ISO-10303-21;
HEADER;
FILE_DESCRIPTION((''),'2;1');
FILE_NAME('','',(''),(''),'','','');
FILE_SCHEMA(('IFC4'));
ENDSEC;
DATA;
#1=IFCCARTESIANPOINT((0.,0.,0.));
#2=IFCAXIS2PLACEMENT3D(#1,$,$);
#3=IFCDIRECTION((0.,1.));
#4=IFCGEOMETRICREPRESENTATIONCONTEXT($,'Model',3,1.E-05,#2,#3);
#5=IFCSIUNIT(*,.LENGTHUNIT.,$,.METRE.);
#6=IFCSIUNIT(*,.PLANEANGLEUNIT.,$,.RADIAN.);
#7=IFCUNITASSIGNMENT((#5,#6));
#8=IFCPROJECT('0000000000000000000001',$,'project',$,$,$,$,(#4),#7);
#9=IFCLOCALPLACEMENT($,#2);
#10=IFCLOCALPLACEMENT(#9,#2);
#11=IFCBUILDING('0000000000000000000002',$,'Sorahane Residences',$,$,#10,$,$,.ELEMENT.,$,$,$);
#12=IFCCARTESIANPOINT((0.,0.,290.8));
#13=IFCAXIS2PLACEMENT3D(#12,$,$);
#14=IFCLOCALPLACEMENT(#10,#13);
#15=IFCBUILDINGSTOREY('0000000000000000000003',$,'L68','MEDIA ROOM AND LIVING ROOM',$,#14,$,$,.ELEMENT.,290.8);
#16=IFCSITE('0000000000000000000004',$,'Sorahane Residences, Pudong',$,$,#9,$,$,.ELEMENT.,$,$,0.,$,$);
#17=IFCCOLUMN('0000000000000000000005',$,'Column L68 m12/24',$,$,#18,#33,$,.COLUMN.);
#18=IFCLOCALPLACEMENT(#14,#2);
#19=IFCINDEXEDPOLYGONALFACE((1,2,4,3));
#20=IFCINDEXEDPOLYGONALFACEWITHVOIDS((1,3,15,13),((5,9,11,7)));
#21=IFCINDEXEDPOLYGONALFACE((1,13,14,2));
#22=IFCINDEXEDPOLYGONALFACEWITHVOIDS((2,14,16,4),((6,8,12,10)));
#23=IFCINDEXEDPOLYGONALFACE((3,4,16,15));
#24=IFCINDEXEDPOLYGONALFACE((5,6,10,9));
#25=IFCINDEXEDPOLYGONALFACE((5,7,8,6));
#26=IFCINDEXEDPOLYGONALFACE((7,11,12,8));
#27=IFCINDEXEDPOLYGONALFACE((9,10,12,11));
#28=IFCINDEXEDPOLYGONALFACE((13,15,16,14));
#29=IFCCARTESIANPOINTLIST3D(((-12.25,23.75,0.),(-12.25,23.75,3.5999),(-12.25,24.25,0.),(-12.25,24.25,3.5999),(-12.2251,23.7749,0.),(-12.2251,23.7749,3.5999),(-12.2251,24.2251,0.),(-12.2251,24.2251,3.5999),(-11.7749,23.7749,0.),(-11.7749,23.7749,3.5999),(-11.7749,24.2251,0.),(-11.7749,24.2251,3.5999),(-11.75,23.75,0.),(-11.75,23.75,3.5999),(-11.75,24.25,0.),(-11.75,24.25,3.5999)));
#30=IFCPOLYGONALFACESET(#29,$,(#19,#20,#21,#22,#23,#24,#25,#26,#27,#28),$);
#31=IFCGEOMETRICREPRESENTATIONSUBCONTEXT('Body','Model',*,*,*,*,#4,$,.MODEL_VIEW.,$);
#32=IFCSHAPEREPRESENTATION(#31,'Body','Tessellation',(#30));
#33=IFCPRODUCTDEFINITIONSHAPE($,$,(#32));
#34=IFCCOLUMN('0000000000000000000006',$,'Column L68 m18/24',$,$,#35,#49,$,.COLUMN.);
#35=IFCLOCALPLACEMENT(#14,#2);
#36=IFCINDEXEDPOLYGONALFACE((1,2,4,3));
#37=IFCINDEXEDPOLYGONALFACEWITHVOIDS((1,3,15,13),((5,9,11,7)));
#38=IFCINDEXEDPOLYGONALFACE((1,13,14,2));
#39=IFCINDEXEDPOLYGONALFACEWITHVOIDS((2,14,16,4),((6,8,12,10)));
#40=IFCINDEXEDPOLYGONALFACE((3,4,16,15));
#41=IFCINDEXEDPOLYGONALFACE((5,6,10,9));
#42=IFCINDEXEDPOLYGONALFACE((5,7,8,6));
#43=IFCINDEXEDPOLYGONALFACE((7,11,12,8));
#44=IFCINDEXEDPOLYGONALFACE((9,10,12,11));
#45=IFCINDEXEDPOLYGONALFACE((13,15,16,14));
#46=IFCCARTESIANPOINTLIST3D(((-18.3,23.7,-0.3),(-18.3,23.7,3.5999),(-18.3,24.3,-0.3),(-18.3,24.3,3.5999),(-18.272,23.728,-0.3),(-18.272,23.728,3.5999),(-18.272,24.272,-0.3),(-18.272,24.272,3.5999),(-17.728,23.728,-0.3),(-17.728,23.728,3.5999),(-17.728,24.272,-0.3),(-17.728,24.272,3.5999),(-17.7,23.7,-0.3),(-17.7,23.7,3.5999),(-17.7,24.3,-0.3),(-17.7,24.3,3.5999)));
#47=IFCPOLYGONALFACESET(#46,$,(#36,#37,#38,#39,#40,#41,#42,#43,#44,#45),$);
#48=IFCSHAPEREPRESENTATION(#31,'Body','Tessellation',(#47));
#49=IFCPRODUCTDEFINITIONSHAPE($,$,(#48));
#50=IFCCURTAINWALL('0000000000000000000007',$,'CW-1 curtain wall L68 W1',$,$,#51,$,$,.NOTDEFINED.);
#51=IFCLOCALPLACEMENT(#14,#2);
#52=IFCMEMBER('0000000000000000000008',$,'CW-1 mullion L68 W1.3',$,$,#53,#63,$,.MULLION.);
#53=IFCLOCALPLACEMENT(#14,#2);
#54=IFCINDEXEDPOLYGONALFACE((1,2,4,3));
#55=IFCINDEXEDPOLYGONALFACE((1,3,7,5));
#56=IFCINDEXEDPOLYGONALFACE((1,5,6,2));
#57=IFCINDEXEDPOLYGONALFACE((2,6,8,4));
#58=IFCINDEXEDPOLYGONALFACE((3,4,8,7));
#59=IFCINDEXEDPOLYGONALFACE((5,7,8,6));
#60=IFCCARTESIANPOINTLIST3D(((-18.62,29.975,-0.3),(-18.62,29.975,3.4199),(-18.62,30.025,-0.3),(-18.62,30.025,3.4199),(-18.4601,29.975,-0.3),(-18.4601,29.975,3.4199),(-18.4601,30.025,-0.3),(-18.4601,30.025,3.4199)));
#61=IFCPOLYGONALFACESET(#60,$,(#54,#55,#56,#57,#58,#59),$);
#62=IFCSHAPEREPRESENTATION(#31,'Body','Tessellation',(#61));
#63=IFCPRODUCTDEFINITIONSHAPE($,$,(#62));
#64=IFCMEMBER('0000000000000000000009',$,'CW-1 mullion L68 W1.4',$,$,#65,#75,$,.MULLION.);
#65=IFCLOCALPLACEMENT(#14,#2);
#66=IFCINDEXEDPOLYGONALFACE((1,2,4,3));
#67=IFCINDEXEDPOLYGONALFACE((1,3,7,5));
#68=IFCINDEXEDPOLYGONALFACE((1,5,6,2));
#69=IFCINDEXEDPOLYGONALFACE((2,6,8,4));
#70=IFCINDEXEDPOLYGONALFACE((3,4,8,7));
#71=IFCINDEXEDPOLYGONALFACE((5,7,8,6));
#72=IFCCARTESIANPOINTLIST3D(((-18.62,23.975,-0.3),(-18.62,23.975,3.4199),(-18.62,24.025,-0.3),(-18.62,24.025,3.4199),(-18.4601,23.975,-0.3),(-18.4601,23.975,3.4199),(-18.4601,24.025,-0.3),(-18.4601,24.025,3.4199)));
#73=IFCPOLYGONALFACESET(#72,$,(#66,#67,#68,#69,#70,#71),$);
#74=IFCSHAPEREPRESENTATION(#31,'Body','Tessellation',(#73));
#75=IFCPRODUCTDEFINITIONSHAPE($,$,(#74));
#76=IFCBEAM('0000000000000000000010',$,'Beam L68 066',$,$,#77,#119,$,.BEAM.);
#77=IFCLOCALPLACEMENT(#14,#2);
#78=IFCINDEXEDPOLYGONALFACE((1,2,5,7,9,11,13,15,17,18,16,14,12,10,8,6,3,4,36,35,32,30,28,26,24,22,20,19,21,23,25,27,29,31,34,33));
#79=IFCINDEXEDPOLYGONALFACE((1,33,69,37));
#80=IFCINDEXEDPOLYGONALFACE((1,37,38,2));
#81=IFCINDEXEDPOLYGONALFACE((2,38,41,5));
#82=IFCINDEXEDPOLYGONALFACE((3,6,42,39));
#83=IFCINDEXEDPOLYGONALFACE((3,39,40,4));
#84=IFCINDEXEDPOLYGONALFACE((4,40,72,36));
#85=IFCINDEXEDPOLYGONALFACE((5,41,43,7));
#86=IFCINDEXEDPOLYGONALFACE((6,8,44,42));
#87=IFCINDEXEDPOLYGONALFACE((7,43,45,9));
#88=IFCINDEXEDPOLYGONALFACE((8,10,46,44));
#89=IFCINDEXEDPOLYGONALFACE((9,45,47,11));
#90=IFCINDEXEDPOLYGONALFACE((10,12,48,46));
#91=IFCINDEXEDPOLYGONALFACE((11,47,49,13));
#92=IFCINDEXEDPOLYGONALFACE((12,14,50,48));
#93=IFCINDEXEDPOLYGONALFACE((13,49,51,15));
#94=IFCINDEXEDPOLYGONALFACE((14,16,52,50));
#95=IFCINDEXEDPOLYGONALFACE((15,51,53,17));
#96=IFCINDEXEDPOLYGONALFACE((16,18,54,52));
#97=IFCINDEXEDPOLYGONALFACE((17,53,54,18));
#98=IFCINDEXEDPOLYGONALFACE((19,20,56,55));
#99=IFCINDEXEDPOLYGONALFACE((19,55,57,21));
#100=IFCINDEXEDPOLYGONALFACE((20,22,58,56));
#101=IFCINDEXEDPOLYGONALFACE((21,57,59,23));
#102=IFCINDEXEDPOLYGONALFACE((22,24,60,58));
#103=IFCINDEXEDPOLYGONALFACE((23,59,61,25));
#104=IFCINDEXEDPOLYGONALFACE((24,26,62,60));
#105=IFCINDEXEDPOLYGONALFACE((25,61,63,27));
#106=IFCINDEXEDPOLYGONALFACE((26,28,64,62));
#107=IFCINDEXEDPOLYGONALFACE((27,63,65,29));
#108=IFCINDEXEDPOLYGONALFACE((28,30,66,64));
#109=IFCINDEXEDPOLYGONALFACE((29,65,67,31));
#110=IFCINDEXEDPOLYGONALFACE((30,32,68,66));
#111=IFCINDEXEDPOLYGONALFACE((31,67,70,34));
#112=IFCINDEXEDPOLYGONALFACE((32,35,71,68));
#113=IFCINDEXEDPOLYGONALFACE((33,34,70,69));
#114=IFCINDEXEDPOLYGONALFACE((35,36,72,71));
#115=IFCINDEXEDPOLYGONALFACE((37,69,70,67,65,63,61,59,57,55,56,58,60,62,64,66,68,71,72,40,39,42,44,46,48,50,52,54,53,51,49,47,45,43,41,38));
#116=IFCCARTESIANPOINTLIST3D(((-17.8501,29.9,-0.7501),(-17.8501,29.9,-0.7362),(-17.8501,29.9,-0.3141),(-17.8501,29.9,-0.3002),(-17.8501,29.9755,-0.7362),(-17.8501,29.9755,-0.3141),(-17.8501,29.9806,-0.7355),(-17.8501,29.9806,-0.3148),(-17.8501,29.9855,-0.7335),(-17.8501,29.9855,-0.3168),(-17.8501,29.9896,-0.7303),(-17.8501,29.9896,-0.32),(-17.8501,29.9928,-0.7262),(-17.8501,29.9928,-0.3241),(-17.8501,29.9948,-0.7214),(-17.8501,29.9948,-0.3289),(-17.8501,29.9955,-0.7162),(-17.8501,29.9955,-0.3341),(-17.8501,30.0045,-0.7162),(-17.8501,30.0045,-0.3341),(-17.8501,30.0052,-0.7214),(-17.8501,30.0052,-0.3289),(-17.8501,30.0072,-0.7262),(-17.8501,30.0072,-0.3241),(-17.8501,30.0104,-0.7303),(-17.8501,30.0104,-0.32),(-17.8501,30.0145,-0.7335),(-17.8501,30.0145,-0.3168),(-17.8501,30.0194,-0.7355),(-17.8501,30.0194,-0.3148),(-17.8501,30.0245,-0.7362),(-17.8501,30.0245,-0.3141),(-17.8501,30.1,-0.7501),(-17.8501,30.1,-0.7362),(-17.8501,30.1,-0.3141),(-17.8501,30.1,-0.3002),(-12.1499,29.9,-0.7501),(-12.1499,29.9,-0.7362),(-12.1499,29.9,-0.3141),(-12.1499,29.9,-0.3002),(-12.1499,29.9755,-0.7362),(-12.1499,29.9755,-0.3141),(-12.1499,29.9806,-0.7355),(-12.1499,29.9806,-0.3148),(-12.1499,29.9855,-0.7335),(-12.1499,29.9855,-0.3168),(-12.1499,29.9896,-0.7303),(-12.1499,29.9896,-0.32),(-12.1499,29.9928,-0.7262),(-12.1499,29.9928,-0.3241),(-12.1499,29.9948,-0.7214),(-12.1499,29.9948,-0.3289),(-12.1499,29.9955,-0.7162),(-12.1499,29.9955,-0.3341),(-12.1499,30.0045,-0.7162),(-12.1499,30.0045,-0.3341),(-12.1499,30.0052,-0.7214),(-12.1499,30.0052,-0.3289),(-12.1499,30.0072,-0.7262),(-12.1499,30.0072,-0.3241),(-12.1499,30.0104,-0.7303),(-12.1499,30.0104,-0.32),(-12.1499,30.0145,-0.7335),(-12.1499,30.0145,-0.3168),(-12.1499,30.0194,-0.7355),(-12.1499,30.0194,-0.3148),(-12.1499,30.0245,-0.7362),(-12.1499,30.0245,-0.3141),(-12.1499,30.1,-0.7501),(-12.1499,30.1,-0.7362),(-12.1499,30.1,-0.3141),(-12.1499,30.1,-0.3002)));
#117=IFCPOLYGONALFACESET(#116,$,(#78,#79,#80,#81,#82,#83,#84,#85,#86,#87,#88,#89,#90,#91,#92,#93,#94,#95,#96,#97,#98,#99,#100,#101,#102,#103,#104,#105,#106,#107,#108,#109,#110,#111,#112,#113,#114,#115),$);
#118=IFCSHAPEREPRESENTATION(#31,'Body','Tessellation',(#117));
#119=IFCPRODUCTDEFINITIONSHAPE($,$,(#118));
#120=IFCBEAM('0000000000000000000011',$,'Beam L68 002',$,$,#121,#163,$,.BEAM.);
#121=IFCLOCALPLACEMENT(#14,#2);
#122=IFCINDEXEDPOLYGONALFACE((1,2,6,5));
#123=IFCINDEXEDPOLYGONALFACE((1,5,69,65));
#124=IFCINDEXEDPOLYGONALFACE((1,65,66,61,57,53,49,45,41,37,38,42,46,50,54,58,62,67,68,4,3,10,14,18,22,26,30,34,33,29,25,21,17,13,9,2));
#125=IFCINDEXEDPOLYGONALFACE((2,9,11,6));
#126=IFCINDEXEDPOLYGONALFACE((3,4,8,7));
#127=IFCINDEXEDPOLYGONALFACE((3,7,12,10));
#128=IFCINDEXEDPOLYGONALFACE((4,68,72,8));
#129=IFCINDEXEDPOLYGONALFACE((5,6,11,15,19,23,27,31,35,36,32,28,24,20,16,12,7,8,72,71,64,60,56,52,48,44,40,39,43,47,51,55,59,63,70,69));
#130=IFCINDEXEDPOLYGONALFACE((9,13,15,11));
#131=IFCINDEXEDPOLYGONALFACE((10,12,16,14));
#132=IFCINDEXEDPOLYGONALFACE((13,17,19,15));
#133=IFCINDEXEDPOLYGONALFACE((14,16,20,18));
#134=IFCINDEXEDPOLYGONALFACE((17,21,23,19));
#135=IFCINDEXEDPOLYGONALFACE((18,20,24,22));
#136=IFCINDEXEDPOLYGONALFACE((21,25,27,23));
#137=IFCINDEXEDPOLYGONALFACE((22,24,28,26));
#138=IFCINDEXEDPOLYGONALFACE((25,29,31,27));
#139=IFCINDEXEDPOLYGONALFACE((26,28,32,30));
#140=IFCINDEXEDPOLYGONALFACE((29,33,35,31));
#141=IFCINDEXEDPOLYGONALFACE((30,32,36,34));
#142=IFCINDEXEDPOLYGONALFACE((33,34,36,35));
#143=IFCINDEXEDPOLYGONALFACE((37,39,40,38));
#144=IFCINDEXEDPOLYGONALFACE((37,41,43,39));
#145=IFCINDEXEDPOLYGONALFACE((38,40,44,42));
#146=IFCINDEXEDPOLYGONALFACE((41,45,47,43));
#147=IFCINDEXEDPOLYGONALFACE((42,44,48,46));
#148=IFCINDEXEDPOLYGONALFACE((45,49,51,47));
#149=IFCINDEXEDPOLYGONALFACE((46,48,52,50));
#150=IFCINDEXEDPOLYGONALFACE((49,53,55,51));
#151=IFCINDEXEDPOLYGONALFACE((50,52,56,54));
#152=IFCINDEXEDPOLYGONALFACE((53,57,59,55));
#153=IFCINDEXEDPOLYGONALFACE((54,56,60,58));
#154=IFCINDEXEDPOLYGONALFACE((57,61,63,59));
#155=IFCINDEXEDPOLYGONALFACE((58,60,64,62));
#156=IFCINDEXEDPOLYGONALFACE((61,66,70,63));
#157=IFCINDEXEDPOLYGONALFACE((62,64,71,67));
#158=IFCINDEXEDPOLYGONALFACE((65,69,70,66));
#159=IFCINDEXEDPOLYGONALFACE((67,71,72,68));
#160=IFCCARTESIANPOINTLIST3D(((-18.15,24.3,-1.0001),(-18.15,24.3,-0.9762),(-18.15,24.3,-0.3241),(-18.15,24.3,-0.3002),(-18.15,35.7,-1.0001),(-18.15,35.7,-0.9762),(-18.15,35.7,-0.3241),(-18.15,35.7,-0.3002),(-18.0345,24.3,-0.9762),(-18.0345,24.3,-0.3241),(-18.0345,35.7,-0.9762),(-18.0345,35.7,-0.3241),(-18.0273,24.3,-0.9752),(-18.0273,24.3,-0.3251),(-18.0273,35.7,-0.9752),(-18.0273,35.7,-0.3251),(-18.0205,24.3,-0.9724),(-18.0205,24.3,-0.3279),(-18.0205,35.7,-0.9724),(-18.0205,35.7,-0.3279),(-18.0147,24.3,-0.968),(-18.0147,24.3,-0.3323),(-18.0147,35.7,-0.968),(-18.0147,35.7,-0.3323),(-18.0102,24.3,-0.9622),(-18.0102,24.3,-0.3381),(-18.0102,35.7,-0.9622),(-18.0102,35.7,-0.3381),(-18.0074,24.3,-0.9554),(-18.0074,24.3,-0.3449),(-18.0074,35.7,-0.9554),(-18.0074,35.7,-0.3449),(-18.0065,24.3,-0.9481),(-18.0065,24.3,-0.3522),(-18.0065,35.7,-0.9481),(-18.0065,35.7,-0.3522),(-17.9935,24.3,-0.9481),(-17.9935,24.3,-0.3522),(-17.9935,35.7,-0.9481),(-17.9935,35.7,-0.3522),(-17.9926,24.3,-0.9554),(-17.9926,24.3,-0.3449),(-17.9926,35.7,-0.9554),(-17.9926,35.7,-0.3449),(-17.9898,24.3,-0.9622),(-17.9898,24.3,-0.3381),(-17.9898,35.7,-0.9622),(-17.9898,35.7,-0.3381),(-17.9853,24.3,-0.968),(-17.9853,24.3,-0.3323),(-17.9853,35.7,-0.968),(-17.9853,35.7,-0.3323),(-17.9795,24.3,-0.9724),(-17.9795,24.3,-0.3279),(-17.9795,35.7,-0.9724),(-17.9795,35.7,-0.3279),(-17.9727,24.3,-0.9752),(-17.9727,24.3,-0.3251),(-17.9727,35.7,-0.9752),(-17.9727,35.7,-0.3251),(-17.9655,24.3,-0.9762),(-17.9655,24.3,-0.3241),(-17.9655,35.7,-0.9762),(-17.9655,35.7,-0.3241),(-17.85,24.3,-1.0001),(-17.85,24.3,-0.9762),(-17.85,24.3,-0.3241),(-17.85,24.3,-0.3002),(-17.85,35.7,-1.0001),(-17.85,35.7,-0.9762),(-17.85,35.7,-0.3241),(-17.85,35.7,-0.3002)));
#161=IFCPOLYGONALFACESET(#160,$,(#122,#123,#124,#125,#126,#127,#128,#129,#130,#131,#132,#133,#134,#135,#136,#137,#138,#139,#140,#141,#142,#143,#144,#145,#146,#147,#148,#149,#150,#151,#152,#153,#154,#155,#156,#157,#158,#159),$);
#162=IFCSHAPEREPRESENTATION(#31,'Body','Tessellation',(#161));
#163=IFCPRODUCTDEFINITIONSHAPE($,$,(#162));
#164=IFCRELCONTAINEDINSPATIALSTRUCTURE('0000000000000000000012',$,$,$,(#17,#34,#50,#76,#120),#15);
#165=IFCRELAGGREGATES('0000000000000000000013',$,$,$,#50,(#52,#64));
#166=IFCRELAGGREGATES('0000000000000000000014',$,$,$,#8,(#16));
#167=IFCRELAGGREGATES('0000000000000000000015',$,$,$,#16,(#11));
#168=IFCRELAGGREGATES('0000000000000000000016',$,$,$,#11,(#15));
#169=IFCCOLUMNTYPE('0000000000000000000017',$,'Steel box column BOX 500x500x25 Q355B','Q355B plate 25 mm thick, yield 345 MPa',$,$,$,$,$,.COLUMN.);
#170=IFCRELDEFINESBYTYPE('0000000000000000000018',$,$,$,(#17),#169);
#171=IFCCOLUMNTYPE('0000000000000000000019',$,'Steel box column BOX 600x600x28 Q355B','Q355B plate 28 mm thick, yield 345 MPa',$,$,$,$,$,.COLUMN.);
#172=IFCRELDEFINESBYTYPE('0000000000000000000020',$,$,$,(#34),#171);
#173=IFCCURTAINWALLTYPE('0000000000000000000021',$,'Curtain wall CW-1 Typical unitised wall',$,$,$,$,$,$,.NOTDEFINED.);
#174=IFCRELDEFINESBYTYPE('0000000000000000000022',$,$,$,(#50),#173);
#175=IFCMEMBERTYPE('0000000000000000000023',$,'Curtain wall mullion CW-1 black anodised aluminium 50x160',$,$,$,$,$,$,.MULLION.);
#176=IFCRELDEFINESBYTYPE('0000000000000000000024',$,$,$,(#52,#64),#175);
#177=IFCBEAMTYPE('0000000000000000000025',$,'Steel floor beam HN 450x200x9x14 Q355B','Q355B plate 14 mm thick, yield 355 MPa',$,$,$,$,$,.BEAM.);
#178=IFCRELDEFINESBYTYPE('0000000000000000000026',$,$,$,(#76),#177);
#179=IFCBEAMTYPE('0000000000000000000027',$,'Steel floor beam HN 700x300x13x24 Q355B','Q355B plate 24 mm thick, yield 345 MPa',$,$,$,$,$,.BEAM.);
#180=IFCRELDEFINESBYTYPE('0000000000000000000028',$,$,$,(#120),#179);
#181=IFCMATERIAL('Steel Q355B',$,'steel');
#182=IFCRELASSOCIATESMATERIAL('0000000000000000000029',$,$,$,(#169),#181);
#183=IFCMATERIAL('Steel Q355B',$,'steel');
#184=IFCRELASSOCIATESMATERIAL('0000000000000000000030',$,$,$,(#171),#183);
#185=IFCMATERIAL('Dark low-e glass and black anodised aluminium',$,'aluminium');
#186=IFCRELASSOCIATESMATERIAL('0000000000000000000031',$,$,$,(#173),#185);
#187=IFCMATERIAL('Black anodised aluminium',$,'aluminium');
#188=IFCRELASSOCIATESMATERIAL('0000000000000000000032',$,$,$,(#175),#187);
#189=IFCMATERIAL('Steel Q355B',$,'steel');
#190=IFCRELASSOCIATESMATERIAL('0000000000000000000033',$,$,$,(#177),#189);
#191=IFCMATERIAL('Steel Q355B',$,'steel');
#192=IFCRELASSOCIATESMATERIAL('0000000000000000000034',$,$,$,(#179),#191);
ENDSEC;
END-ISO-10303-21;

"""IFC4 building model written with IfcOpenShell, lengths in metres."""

from ifc_helpers import new_model, si_unit, direction, frame, origin, origin_2d, place, context, subcontext, project, spatial, rectangle, hollow_rectangle, i_section, extrude, material, material_profile, profile_set, type_object, element, aggregate, save


model = new_model("IFC4")

# Units and contexts
model_context = context("Model", 3, precision=1e-05, world=origin(), true_north=direction((0.0, 1.0)))
body_context = subcontext(model_context, "Body", "Model", "MODEL_VIEW")
ifc_project = project(units=[si_unit("LENGTHUNIT", "METRE"), si_unit("PLANEANGLEUNIT", "RADIAN")], contexts=[model_context])

# Site, building, storey
site_placement = place(None, origin())
site = spatial("IfcSite", under=ifc_project, at=site_placement, Name="Sorahane Residences, Pudong", CompositionType="ELEMENT", RefElevation=0.0)
building_placement = place(site_placement, origin())
building = spatial("IfcBuilding", under=site, at=building_placement, Name="Sorahane Residences", CompositionType="ELEMENT")
storey_placement = place(building_placement, frame((0.0, 0.0, 290.8)))
storey = spatial("IfcBuildingStorey", under=building, at=storey_placement, Name="L68", Description="MEDIA ROOM AND LIVING ROOM", CompositionType="ELEMENT", Elevation=290.8)

# Columns
ifc_material_1 = material(Name="Steel Q355B", Category="steel")
ifc_material_profile_1 = material_profile(ifc_material_1, hollow_rectangle(XDim=0.5, YDim=0.5, WallThickness=0.0249, at=origin_2d()), Name="BOX 500x500x25")
ifc_profile_set_1 = profile_set([ifc_material_profile_1], Name="Steel Q355B")
column_type_1 = type_object("IfcColumnType", Name="Steel box column BOX 500x500x25 Q355B", Description="Q355B plate 25 mm thick, yield 345 MPa", PredefinedType="COLUMN", material=ifc_profile_set_1)
column_1_placement = place(storey_placement, frame((-12.0, 24.0, 0.0), z_axis=(0.0, 0.0, 1.0), x_axis=(1.0, 0.0, 0.0)))
element("IfcColumn", 1, at=column_1_placement, inside=storey, type_object=column_type_1, Name="Column L68 m12/24", PredefinedType="COLUMN", context=body_context, shape_type="SweptSolid", body=[
    extrude(hollow_rectangle(XDim=0.5, YDim=0.5, WallThickness=0.0249, at=origin_2d()), origin(), (0.0, 0.0, 1.0), 3.5999),
])
ifc_material_2 = material(Name="Steel Q355B", Category="steel")
ifc_material_profile_2 = material_profile(ifc_material_2, hollow_rectangle(XDim=0.6001, YDim=0.6001, WallThickness=0.0281, at=origin_2d()), Name="BOX 600x600x28")
ifc_profile_set_2 = profile_set([ifc_material_profile_2], Name="Steel Q355B")
column_type_2 = type_object("IfcColumnType", Name="Steel box column BOX 600x600x28 Q355B", Description="Q355B plate 28 mm thick, yield 345 MPa", PredefinedType="COLUMN", material=ifc_profile_set_2)
column_2_placement = place(storey_placement, frame((-18.0, 24.0, -0.3), z_axis=(0.0, 0.0, 1.0), x_axis=(1.0, 0.0, 0.0)))
element("IfcColumn", 2, at=column_2_placement, inside=storey, type_object=column_type_2, Name="Column L68 m18/24", PredefinedType="COLUMN", context=body_context, shape_type="SweptSolid", body=[
    extrude(hollow_rectangle(XDim=0.6001, YDim=0.6001, WallThickness=0.0281, at=origin_2d()), origin(), (0.0, 0.0, 1.0), 3.8999),
])

# Curtain wall, members
ifc_material_3 = material(Name="Dark low-e glass and black anodised aluminium", Category="aluminium")
curtain_wall_type = type_object("IfcCurtainWallType", Name="Curtain wall CW-1 Typical unitised wall", PredefinedType="NOTDEFINED", material=ifc_material_3)
curtain_wall_placement = place(storey_placement, origin())
curtain_wall = element("IfcCurtainWall", 3, at=curtain_wall_placement, inside=storey, type_object=curtain_wall_type, Name="CW-1 curtain wall L68 W1", PredefinedType="NOTDEFINED")
ifc_material_4 = material(Name="Black anodised aluminium", Category="aluminium")
ifc_material_profile_3 = material_profile(ifc_material_4, rectangle(XDim=0.1599, YDim=0.05, at=origin_2d()), Name="Curtain wall mullion CW-1 black anodised aluminium 50x160")
ifc_profile_set_3 = profile_set([ifc_material_profile_3], Name="Black anodised aluminium")
member_type = type_object("IfcMemberType", Name="Curtain wall mullion CW-1 black anodised aluminium 50x160", PredefinedType="MULLION", material=ifc_profile_set_3)
member_1_placement = place(storey_placement, frame((-18.54, 30.0, -0.3), z_axis=(0.0, 0.0, 1.0), x_axis=(-1.0, 0.0, 0.0)))
member_1 = element("IfcMember", 4, at=member_1_placement, type_object=member_type, Name="CW-1 mullion L68 W1.3", PredefinedType="MULLION", context=body_context, shape_type="SweptSolid", body=[
    extrude(rectangle(XDim=0.1599, YDim=0.05, at=origin_2d()), origin(), (0.0, 0.0, 1.0), 3.72),
])
member_2_placement = place(storey_placement, frame((-18.54, 24.0, -0.3), z_axis=(0.0, 0.0, 1.0), x_axis=(-1.0, 0.0, 0.0)))
member_2 = element("IfcMember", 5, at=member_2_placement, type_object=member_type, Name="CW-1 mullion L68 W1.4", PredefinedType="MULLION", context=body_context, shape_type="SweptSolid", body=[
    extrude(rectangle(XDim=0.1599, YDim=0.05, at=origin_2d()), origin(), (0.0, 0.0, 1.0), 3.72),
])

# Beams
ifc_material_5 = material(Name="Steel Q355B", Category="steel")
ifc_material_profile_4 = material_profile(ifc_material_5, i_section(OverallWidth=0.2, OverallDepth=0.45, WebThickness=0.009, FlangeThickness=0.0139, FilletRadius=0.02, at=origin_2d()), Name="HN 450x200x9x14")
ifc_profile_set_4 = profile_set([ifc_material_profile_4], Name="Steel Q355B")
beam_type_1 = type_object("IfcBeamType", Name="Steel floor beam HN 450x200x9x14 Q355B", Description="Q355B plate 14 mm thick, yield 355 MPa", PredefinedType="BEAM", material=ifc_profile_set_4)
beam_1_placement = place(storey_placement, frame((-17.8501, 30.0, -0.5251), z_axis=(1.0, 0.0, 0.0), x_axis=(0.0, 1.0, 0.0)))
element("IfcBeam", 6, at=beam_1_placement, inside=storey, type_object=beam_type_1, Name="Beam L68 066", PredefinedType="BEAM", context=body_context, shape_type="SweptSolid", body=[
    extrude(i_section(OverallWidth=0.2, OverallDepth=0.45, WebThickness=0.009, FlangeThickness=0.0139, FilletRadius=0.02, at=origin_2d()), origin(), (0.0, 0.0, 1.0), 5.7002),
])
ifc_material_6 = material(Name="Steel Q355B", Category="steel")
ifc_material_profile_5 = material_profile(ifc_material_6, i_section(OverallWidth=0.3, OverallDepth=0.7, WebThickness=0.0129, FlangeThickness=0.0239, FilletRadius=0.0281, at=origin_2d()), Name="HN 700x300x13x24")
ifc_profile_set_5 = profile_set([ifc_material_profile_5], Name="Steel Q355B")
beam_type_2 = type_object("IfcBeamType", Name="Steel floor beam HN 700x300x13x24 Q355B", Description="Q355B plate 24 mm thick, yield 345 MPa", PredefinedType="BEAM", material=ifc_profile_set_5)
for number, where, z_axis, x_axis, name in (
    (7, (-18.0, 24.3, -0.6501), (0.0, 1.0, 0.0), (-1.0, 0.0, 0.0), "Beam L68 002"),
):
    element("IfcBeam", number, at=place(storey_placement, frame(where, z_axis=z_axis, x_axis=x_axis)), inside=storey, type_object=beam_type_2, Name=name, PredefinedType="BEAM", context=body_context, shape_type="SweptSolid", body=[
        extrude(i_section(OverallWidth=0.3, OverallDepth=0.7, WebThickness=0.0129, FlangeThickness=0.0239, FilletRadius=0.0281, at=origin_2d()), origin(), (0.0, 0.0, 1.0), 11.3999),
    ])

aggregate(curtain_wall, [member_1, member_2])

save(model, "model.ifc")
